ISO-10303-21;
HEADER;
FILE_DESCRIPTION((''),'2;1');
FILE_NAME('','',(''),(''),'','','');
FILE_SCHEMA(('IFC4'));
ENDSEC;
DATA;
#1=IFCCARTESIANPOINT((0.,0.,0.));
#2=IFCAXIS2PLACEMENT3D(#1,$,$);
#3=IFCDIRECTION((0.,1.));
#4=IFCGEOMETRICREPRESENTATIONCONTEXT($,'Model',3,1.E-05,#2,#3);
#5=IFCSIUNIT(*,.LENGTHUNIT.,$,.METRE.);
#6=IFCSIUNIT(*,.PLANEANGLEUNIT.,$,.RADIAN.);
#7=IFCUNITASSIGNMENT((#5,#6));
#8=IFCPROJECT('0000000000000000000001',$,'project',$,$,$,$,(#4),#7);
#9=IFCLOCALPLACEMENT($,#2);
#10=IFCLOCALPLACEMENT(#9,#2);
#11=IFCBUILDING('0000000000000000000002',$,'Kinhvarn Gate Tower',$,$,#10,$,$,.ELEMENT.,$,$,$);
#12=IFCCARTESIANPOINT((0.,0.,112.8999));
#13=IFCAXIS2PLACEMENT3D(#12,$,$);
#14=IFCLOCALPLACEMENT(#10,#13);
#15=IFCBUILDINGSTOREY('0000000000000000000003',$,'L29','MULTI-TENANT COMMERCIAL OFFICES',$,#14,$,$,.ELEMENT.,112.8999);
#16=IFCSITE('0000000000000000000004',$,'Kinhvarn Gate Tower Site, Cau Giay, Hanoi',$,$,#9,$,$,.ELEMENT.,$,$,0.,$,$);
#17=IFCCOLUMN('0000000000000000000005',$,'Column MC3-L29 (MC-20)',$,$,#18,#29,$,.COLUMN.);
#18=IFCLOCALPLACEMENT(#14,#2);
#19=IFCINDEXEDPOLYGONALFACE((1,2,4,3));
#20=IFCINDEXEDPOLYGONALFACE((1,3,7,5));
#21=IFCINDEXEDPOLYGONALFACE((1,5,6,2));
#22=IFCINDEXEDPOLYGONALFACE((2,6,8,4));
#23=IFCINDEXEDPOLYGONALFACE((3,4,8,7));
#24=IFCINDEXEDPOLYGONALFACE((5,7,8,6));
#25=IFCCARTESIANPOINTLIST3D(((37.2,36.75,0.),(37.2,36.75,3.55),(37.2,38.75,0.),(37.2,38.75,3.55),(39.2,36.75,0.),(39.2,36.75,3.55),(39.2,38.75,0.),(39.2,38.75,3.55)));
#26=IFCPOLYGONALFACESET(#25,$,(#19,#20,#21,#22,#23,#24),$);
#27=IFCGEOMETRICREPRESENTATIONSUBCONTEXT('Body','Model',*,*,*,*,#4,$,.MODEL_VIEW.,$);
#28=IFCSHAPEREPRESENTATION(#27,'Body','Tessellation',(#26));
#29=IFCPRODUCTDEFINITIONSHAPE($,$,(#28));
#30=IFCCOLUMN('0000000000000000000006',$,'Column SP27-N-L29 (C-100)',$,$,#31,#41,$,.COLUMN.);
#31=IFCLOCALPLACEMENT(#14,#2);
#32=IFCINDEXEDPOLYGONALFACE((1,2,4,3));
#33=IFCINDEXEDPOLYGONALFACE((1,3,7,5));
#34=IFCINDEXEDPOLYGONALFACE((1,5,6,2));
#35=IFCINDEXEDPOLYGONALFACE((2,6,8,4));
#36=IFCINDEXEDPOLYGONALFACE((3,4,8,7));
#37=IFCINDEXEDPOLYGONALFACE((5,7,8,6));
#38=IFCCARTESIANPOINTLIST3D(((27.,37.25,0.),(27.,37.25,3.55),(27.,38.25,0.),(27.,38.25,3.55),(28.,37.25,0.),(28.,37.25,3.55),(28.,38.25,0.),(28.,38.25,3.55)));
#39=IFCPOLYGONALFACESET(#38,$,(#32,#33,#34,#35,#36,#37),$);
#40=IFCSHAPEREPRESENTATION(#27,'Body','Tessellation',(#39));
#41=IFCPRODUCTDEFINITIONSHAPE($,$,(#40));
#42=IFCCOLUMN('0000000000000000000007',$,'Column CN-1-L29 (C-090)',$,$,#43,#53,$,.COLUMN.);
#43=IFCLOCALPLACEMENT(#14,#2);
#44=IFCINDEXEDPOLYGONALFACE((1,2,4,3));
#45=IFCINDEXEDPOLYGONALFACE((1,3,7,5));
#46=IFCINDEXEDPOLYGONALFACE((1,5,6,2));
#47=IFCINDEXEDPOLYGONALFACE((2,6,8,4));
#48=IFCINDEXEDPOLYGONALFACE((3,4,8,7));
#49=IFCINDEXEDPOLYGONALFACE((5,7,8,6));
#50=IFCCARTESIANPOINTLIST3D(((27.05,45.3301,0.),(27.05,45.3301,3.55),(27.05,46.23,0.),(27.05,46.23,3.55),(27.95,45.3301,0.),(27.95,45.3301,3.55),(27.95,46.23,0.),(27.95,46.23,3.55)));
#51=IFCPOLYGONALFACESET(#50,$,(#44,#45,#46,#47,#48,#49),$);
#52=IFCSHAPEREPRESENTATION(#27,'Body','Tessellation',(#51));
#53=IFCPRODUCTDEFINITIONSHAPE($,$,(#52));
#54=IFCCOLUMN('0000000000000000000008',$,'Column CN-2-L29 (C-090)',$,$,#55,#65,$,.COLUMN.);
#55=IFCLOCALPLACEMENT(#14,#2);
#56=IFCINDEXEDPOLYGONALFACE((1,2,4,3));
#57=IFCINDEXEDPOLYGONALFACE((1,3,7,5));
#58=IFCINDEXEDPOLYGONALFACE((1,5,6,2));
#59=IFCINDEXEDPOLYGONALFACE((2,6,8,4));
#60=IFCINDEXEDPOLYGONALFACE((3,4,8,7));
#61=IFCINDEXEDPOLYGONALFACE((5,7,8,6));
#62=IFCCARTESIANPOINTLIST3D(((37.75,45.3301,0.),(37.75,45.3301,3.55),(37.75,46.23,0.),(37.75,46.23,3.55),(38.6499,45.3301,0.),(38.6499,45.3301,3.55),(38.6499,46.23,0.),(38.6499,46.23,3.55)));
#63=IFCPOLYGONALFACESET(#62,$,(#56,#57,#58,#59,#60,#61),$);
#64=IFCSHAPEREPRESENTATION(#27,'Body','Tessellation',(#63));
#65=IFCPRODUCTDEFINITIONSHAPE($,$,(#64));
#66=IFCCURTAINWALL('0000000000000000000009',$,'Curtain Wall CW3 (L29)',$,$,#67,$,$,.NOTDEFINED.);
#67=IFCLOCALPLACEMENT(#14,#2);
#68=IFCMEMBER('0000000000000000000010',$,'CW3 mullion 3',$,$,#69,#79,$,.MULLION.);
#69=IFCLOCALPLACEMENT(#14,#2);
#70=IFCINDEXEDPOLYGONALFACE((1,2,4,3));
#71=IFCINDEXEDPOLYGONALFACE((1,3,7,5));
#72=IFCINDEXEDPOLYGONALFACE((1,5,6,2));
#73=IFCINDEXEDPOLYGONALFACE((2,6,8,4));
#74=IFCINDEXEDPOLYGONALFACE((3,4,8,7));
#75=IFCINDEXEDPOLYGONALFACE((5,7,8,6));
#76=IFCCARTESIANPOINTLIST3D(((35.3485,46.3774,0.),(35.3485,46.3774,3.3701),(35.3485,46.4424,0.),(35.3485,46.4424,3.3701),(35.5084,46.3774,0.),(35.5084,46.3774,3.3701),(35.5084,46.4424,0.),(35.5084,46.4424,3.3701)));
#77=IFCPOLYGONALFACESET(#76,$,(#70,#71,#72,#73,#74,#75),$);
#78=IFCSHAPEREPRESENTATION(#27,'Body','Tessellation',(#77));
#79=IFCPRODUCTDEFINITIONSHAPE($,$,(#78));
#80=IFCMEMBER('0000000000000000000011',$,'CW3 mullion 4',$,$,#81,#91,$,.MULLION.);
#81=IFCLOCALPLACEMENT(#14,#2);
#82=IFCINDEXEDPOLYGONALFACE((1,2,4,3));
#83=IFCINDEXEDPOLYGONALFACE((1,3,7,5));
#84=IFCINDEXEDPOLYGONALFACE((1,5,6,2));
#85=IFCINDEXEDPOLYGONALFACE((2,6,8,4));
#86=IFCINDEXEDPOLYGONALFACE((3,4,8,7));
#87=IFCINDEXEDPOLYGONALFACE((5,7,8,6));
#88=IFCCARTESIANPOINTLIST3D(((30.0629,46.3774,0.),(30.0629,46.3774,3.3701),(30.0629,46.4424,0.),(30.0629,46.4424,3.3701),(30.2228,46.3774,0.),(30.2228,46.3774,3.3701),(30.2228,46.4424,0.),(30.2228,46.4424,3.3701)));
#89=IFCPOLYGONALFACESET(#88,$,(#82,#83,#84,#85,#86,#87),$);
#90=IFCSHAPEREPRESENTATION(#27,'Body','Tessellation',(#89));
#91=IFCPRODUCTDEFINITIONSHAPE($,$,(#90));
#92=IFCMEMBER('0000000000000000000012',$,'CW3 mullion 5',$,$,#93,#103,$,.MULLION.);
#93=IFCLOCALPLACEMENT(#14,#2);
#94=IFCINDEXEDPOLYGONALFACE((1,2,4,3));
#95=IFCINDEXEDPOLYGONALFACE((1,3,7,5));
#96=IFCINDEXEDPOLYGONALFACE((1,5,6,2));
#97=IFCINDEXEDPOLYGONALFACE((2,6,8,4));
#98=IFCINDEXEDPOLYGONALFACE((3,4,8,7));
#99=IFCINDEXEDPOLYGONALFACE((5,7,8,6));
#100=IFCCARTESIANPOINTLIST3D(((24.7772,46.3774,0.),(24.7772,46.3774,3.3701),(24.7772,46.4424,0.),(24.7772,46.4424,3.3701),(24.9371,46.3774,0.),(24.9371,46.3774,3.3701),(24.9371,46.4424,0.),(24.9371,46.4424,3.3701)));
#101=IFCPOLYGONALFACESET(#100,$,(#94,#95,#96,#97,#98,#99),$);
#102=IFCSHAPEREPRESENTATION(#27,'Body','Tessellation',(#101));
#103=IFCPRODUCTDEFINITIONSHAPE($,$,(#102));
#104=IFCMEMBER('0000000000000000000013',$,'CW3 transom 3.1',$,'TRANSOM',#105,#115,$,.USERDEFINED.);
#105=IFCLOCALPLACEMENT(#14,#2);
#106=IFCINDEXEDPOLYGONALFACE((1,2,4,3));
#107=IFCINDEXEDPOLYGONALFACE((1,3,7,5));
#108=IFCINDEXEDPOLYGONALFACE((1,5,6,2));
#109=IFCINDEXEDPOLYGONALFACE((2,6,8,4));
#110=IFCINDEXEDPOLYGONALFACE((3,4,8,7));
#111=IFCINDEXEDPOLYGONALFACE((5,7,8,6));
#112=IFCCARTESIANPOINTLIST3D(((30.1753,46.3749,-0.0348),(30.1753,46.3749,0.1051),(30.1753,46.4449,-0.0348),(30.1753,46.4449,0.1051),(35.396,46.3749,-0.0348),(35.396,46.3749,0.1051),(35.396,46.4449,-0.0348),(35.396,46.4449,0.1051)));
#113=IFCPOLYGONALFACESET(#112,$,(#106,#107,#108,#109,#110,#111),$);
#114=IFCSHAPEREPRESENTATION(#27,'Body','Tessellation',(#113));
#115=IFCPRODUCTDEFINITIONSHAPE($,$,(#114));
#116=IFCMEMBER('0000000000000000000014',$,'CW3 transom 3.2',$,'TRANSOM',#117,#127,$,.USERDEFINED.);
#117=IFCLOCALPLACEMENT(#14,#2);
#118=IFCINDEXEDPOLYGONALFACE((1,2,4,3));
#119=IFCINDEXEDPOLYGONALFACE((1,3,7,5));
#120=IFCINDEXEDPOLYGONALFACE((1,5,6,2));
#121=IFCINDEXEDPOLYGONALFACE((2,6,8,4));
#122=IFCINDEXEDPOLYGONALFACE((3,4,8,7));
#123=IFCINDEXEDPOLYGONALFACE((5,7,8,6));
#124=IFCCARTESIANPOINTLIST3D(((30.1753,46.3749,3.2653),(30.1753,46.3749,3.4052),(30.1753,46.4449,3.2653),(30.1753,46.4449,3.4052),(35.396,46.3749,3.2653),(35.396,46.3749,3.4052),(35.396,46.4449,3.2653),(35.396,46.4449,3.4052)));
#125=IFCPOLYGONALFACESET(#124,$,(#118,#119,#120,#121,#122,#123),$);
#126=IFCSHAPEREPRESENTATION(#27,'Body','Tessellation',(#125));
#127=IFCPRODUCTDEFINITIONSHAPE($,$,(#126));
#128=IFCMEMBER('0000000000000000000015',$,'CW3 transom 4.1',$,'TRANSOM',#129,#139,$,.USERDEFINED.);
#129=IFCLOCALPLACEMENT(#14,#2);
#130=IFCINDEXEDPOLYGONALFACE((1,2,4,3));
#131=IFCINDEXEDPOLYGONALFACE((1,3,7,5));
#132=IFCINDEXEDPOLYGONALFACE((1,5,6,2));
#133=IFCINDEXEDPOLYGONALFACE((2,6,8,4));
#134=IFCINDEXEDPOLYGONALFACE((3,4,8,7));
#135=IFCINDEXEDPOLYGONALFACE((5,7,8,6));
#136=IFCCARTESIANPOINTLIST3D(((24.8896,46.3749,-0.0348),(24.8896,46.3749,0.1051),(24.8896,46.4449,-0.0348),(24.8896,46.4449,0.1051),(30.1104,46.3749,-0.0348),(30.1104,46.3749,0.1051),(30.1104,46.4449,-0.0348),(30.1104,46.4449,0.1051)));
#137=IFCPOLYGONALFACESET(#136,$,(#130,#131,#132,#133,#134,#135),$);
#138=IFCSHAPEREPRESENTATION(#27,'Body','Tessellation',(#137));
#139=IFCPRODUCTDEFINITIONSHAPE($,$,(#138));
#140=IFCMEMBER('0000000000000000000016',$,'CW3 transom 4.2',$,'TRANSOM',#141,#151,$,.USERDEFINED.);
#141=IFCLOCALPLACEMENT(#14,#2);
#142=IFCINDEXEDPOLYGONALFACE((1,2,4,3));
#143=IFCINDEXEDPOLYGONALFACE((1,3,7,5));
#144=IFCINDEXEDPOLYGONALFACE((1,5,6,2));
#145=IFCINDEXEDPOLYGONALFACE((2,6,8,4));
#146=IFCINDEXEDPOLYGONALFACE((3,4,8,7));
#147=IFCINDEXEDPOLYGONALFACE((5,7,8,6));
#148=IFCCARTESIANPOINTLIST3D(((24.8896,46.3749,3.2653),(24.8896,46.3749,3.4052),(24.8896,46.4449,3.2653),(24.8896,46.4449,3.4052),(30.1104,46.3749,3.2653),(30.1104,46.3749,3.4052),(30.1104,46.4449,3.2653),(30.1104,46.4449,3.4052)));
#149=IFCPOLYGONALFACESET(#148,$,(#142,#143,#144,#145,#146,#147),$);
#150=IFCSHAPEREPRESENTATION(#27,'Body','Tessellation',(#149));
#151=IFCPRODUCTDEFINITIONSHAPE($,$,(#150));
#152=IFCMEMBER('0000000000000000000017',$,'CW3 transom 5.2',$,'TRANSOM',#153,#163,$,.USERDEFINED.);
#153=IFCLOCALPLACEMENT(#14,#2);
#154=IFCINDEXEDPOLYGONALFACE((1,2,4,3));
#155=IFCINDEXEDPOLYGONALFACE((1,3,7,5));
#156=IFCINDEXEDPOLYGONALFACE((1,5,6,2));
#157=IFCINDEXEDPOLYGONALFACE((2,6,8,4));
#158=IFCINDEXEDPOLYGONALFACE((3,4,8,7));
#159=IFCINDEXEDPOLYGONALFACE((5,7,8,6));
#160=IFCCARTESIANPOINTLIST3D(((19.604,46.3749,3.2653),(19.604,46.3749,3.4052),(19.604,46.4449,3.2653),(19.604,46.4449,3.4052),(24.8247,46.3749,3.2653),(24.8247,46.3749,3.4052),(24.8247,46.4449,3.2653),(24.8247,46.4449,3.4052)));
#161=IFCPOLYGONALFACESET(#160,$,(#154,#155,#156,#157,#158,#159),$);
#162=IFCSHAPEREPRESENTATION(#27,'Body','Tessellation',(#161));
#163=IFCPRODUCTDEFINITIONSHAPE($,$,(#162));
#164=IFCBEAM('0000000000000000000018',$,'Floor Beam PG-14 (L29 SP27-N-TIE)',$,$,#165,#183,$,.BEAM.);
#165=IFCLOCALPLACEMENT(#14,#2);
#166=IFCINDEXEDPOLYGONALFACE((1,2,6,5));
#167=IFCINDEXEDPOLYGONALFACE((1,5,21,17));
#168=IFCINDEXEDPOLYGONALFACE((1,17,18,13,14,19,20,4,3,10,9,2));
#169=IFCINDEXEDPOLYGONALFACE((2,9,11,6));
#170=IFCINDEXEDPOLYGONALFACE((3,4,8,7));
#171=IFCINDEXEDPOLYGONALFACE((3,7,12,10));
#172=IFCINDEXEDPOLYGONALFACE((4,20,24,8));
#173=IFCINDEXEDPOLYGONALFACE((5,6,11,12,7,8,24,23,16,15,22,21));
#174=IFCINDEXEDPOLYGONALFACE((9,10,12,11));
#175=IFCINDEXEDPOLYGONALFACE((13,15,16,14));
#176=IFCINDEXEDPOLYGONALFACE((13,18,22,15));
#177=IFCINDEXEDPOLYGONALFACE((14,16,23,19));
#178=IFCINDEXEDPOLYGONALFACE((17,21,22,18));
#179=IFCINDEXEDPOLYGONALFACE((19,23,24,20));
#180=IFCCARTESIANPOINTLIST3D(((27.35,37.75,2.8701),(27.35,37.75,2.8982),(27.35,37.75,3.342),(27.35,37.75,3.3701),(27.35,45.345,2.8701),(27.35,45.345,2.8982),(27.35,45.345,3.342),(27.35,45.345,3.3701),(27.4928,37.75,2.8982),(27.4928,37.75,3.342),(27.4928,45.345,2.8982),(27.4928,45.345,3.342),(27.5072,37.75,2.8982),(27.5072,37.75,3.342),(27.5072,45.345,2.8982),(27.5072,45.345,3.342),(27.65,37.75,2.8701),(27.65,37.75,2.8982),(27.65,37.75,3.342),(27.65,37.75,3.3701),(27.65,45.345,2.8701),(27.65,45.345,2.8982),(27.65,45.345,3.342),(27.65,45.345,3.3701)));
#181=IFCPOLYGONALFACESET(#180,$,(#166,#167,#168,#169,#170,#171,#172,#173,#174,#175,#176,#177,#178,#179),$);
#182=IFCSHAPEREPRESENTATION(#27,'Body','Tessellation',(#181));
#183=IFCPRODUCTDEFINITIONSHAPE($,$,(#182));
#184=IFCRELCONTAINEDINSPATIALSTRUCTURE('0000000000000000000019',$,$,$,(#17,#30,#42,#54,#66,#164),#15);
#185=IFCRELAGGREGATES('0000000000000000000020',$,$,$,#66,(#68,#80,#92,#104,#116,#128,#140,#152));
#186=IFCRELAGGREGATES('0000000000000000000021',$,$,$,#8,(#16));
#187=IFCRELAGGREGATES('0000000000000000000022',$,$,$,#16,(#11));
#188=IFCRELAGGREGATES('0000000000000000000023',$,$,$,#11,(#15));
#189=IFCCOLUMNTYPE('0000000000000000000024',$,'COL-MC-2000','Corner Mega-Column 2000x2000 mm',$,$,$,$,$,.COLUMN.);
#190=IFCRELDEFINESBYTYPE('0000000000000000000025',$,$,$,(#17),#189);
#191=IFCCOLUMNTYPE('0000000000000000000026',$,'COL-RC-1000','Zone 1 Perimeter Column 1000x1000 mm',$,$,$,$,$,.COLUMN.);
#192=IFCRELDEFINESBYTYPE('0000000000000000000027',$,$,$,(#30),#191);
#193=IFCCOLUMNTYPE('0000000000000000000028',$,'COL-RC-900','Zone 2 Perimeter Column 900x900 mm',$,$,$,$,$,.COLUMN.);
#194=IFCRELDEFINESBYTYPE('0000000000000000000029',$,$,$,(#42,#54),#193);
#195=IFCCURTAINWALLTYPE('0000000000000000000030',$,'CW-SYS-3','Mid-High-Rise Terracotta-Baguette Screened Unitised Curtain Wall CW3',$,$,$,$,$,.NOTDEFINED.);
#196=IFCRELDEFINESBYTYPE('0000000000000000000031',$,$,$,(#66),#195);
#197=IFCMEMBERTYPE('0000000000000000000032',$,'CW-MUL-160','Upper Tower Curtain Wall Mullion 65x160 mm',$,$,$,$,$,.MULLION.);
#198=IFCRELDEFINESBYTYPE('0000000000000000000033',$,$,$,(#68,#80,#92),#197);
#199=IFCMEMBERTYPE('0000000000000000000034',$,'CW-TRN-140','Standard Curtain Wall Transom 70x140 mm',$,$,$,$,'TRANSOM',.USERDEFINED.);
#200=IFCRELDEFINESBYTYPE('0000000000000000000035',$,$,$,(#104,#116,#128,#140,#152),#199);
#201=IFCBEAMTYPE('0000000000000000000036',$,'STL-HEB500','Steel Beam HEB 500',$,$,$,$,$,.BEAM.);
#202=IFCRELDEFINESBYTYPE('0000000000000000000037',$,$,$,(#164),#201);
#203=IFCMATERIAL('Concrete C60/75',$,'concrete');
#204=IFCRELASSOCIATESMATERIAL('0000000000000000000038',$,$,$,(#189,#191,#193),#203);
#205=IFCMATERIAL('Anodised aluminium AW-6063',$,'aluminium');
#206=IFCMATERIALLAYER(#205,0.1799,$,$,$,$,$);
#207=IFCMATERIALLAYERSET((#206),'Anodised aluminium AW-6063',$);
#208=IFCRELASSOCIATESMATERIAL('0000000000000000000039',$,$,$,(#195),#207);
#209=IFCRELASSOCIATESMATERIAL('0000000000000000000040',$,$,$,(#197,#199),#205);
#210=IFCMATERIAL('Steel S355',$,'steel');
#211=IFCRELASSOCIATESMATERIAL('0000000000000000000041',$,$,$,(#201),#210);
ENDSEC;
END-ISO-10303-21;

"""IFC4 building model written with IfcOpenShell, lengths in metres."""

from ifc_helpers import new_model, si_unit, direction, frame, origin, origin_2d, place, context, subcontext, project, spatial, rectangle, i_section, extrude, material, layer, layer_set, material_profile, profile_set, type_object, element, aggregate, save


model = new_model("IFC4")

# Units and contexts
model_context = context("Model", 3, precision=1e-05, world=origin(), true_north=direction((0.0, 1.0)))
body_context = subcontext(model_context, "Body", "Model", "MODEL_VIEW")
ifc_project = project(units=[si_unit("LENGTHUNIT", "METRE"), si_unit("PLANEANGLEUNIT", "RADIAN")], contexts=[model_context])

# Site, building, storey
site_placement = place(None, origin())
site = spatial("IfcSite", under=ifc_project, at=site_placement, Name="Kinhvarn Gate Tower Site, Cau Giay, Hanoi", CompositionType="ELEMENT", RefElevation=0.0)
building_placement = place(site_placement, origin())
building = spatial("IfcBuilding", under=site, at=building_placement, Name="Kinhvarn Gate Tower", CompositionType="ELEMENT")
storey_placement = place(building_placement, frame((0.0, 0.0, 112.8999)))
storey = spatial("IfcBuildingStorey", under=building, at=storey_placement, Name="L29", Description="MULTI-TENANT COMMERCIAL OFFICES", CompositionType="ELEMENT", Elevation=112.8999)

# Columns
ifc_material_1 = material(Name="Concrete C60/75", Category="concrete")
ifc_material_profile_1 = material_profile(ifc_material_1, rectangle(XDim=2.0, YDim=2.0, at=origin_2d()), Name="RC 2000x2000")
ifc_profile_set_1 = profile_set([ifc_material_profile_1], Name="Concrete C60/75")
column_type_1 = type_object("IfcColumnType", Name="COL-MC-2000", Description="Corner Mega-Column 2000x2000 mm", PredefinedType="COLUMN", material=ifc_profile_set_1)
column_1_placement = place(storey_placement, frame((38.2, 37.75, 0.0), z_axis=(0.0, 0.0, 1.0), x_axis=(1.0, 0.0, 0.0)))
element("IfcColumn", 1, at=column_1_placement, inside=storey, type_object=column_type_1, Name="Column MC3-L29 (MC-20)", PredefinedType="COLUMN", context=body_context, shape_type="SweptSolid", body=[
    extrude(rectangle(XDim=2.0, YDim=2.0, at=origin_2d()), origin(), (0.0, 0.0, 1.0), 3.55),
])
ifc_material_profile_2 = material_profile(ifc_material_1, rectangle(XDim=1.0, YDim=1.0, at=origin_2d()), Name="RC 1000x1000")
ifc_profile_set_2 = profile_set([ifc_material_profile_2], Name="Concrete C60/75")
column_type_2 = type_object("IfcColumnType", Name="COL-RC-1000", Description="Zone 1 Perimeter Column 1000x1000 mm", PredefinedType="COLUMN", material=ifc_profile_set_2)
column_2_placement = place(storey_placement, frame((27.5, 37.75, 0.0), z_axis=(0.0, 0.0, 1.0), x_axis=(1.0, 0.0, 0.0)))
element("IfcColumn", 2, at=column_2_placement, inside=storey, type_object=column_type_2, Name="Column SP27-N-L29 (C-100)", PredefinedType="COLUMN", context=body_context, shape_type="SweptSolid", body=[
    extrude(rectangle(XDim=1.0, YDim=1.0, at=origin_2d()), origin(), (0.0, 0.0, 1.0), 3.55),
])
ifc_material_profile_3 = material_profile(ifc_material_1, rectangle(XDim=0.8999, YDim=0.8999, at=origin_2d()), Name="RC 900x900")
ifc_profile_set_3 = profile_set([ifc_material_profile_3], Name="Concrete C60/75")
column_type_3 = type_object("IfcColumnType", Name="COL-RC-900", Description="Zone 2 Perimeter Column 900x900 mm", PredefinedType="COLUMN", material=ifc_profile_set_3)
for number, where, z_axis, x_axis, name in (
    (3, (27.5, 45.78, 0.0), (0.0, 0.0, 1.0), (1.0, 0.0, 0.0), "Column CN-1-L29 (C-090)"),
    (4, (38.2, 45.78, 0.0), (0.0, 0.0, 1.0), (1.0, 0.0, 0.0), "Column CN-2-L29 (C-090)"),
):
    element("IfcColumn", number, at=place(storey_placement, frame(where, z_axis=z_axis, x_axis=x_axis)), inside=storey, type_object=column_type_3, Name=name, PredefinedType="COLUMN", context=body_context, shape_type="SweptSolid", body=[
        extrude(rectangle(XDim=0.8999, YDim=0.8999, at=origin_2d()), origin(), (0.0, 0.0, 1.0), 3.55),
    ])

# Curtain wall, members
ifc_material_2 = material(Name="Anodised aluminium AW-6063", Category="aluminium")
ifc_layer_1 = layer(ifc_material_2, 0.1799)
ifc_layer_set_1 = layer_set([ifc_layer_1], Name="Anodised aluminium AW-6063")
curtain_wall_type = type_object("IfcCurtainWallType", Name="CW-SYS-3", Description="Mid-High-Rise Terracotta-Baguette Screened Unitised Curtain Wall CW3", PredefinedType="NOTDEFINED", material=ifc_layer_set_1)
curtain_wall_placement = place(storey_placement, origin())
curtain_wall = element("IfcCurtainWall", 5, at=curtain_wall_placement, inside=storey, type_object=curtain_wall_type, Name="Curtain Wall CW3 (L29)", PredefinedType="NOTDEFINED")
ifc_material_profile_4 = material_profile(ifc_material_2, rectangle(XDim=0.0649, YDim=0.1599, at=origin_2d()), Name="ALU 65x160")
ifc_profile_set_4 = profile_set([ifc_material_profile_4], Name="Anodised aluminium AW-6063")
member_type_1 = type_object("IfcMemberType", Name="CW-MUL-160", Description="Upper Tower Curtain Wall Mullion 65x160 mm", PredefinedType="MULLION", material=ifc_profile_set_4)
member_1_placement = place(storey_placement, frame((35.4285, 46.4099, 0.0), z_axis=(0.0, 0.0, 1.0), x_axis=(0.0, -1.0, 0.0)))
member_1 = element("IfcMember", 6, at=member_1_placement, type_object=member_type_1, Name="CW3 mullion 3", PredefinedType="MULLION", context=body_context, shape_type="SweptSolid", body=[
    extrude(rectangle(XDim=0.0649, YDim=0.1599, at=origin_2d()), origin(), (0.0, 0.0, 1.0), 3.3701),
])
member_2_placement = place(storey_placement, frame((30.1428, 46.4099, 0.0), z_axis=(0.0, 0.0, 1.0), x_axis=(0.0, -1.0, 0.0)))
member_2 = element("IfcMember", 7, at=member_2_placement, type_object=member_type_1, Name="CW3 mullion 4", PredefinedType="MULLION", context=body_context, shape_type="SweptSolid", body=[
    extrude(rectangle(XDim=0.0649, YDim=0.1599, at=origin_2d()), origin(), (0.0, 0.0, 1.0), 3.3701),
])
member_3_placement = place(storey_placement, frame((24.8572, 46.4099, 0.0), z_axis=(0.0, 0.0, 1.0), x_axis=(0.0, -1.0, 0.0)))
member_3 = element("IfcMember", 8, at=member_3_placement, type_object=member_type_1, Name="CW3 mullion 5", PredefinedType="MULLION", context=body_context, shape_type="SweptSolid", body=[
    extrude(rectangle(XDim=0.0649, YDim=0.1599, at=origin_2d()), origin(), (0.0, 0.0, 1.0), 3.3701),
])
ifc_material_profile_5 = material_profile(ifc_material_2, rectangle(XDim=0.0701, YDim=0.1399, at=origin_2d()), Name="ALU 70x140")
ifc_profile_set_5 = profile_set([ifc_material_profile_5], Name="Anodised aluminium AW-6063")
member_type_2 = type_object("IfcMemberType", Name="CW-TRN-140", Description="Standard Curtain Wall Transom 70x140 mm", ElementType="TRANSOM", PredefinedType="USERDEFINED", material=ifc_profile_set_5)
member_4_placement = place(storey_placement, frame((35.396, 46.4099, 0.0352), z_axis=(-1.0, 0.0, 0.0), x_axis=(0.0, -1.0, 0.0)))
member_4 = element("IfcMember", 9, at=member_4_placement, type_object=member_type_2, Name="CW3 transom 3.1", ObjectType="TRANSOM", PredefinedType="USERDEFINED", context=body_context, shape_type="SweptSolid", body=[
    extrude(rectangle(XDim=0.0701, YDim=0.1399, at=origin_2d()), origin(), (0.0, 0.0, 1.0), 5.2207),
])
member_5_placement = place(storey_placement, frame((35.396, 46.4099, 3.3352), z_axis=(-1.0, 0.0, 0.0), x_axis=(0.0, -1.0, 0.0)))
member_5 = element("IfcMember", 10, at=member_5_placement, type_object=member_type_2, Name="CW3 transom 3.2", ObjectType="TRANSOM", PredefinedType="USERDEFINED", context=body_context, shape_type="SweptSolid", body=[
    extrude(rectangle(XDim=0.0701, YDim=0.1399, at=origin_2d()), origin(), (0.0, 0.0, 1.0), 5.2207),
])
member_6_placement = place(storey_placement, frame((30.1104, 46.4099, 0.0352), z_axis=(-1.0, 0.0, 0.0), x_axis=(0.0, -1.0, 0.0)))
member_6 = element("IfcMember", 11, at=member_6_placement, type_object=member_type_2, Name="CW3 transom 4.1", ObjectType="TRANSOM", PredefinedType="USERDEFINED", context=body_context, shape_type="SweptSolid", body=[
    extrude(rectangle(XDim=0.0701, YDim=0.1399, at=origin_2d()), origin(), (0.0, 0.0, 1.0), 5.2207),
])
member_7_placement = place(storey_placement, frame((30.1104, 46.4099, 3.3352), z_axis=(-1.0, 0.0, 0.0), x_axis=(0.0, -1.0, 0.0)))
member_7 = element("IfcMember", 12, at=member_7_placement, type_object=member_type_2, Name="CW3 transom 4.2", ObjectType="TRANSOM", PredefinedType="USERDEFINED", context=body_context, shape_type="SweptSolid", body=[
    extrude(rectangle(XDim=0.0701, YDim=0.1399, at=origin_2d()), origin(), (0.0, 0.0, 1.0), 5.2207),
])
member_8_placement = place(storey_placement, frame((24.8247, 46.4099, 3.3352), z_axis=(-1.0, 0.0, 0.0), x_axis=(0.0, -1.0, 0.0)))
member_8 = element("IfcMember", 13, at=member_8_placement, type_object=member_type_2, Name="CW3 transom 5.2", ObjectType="TRANSOM", PredefinedType="USERDEFINED", context=body_context, shape_type="SweptSolid", body=[
    extrude(rectangle(XDim=0.0701, YDim=0.1399, at=origin_2d()), origin(), (0.0, 0.0, 1.0), 5.2207),
])

# Beam
ifc_material_3 = material(Name="Steel S355", Category="steel")
ifc_material_profile_6 = material_profile(ifc_material_3, i_section(OverallWidth=0.3, OverallDepth=0.5, WebThickness=0.0144, FlangeThickness=0.0281, at=origin_2d()), Name="HEB 500")
ifc_profile_set_6 = profile_set([ifc_material_profile_6], Name="Steel S355")
beam_type_1 = type_object("IfcBeamType", Name="STL-HEB500", Description="Steel Beam HEB 500", PredefinedType="BEAM", material=ifc_profile_set_6)
for number, where, z_axis, x_axis, name in (
    (14, (27.5, 37.75, 3.1201), (0.0, 1.0, 0.0), (-1.0, 0.0, 0.0), "Floor Beam PG-14 (L29 SP27-N-TIE)"),
):
    element("IfcBeam", number, at=place(storey_placement, frame(where, z_axis=z_axis, x_axis=x_axis)), inside=storey, type_object=beam_type_1, Name=name, PredefinedType="BEAM", context=body_context, shape_type="SweptSolid", body=[
        extrude(i_section(OverallWidth=0.3, OverallDepth=0.5, WebThickness=0.0144, FlangeThickness=0.0281, at=origin_2d()), origin(), (0.0, 0.0, 1.0), 7.595),
    ])

aggregate(curtain_wall, [member_1, member_2, member_3, member_4, member_5, member_6, member_7, member_8])

save(model, "model.ifc")
